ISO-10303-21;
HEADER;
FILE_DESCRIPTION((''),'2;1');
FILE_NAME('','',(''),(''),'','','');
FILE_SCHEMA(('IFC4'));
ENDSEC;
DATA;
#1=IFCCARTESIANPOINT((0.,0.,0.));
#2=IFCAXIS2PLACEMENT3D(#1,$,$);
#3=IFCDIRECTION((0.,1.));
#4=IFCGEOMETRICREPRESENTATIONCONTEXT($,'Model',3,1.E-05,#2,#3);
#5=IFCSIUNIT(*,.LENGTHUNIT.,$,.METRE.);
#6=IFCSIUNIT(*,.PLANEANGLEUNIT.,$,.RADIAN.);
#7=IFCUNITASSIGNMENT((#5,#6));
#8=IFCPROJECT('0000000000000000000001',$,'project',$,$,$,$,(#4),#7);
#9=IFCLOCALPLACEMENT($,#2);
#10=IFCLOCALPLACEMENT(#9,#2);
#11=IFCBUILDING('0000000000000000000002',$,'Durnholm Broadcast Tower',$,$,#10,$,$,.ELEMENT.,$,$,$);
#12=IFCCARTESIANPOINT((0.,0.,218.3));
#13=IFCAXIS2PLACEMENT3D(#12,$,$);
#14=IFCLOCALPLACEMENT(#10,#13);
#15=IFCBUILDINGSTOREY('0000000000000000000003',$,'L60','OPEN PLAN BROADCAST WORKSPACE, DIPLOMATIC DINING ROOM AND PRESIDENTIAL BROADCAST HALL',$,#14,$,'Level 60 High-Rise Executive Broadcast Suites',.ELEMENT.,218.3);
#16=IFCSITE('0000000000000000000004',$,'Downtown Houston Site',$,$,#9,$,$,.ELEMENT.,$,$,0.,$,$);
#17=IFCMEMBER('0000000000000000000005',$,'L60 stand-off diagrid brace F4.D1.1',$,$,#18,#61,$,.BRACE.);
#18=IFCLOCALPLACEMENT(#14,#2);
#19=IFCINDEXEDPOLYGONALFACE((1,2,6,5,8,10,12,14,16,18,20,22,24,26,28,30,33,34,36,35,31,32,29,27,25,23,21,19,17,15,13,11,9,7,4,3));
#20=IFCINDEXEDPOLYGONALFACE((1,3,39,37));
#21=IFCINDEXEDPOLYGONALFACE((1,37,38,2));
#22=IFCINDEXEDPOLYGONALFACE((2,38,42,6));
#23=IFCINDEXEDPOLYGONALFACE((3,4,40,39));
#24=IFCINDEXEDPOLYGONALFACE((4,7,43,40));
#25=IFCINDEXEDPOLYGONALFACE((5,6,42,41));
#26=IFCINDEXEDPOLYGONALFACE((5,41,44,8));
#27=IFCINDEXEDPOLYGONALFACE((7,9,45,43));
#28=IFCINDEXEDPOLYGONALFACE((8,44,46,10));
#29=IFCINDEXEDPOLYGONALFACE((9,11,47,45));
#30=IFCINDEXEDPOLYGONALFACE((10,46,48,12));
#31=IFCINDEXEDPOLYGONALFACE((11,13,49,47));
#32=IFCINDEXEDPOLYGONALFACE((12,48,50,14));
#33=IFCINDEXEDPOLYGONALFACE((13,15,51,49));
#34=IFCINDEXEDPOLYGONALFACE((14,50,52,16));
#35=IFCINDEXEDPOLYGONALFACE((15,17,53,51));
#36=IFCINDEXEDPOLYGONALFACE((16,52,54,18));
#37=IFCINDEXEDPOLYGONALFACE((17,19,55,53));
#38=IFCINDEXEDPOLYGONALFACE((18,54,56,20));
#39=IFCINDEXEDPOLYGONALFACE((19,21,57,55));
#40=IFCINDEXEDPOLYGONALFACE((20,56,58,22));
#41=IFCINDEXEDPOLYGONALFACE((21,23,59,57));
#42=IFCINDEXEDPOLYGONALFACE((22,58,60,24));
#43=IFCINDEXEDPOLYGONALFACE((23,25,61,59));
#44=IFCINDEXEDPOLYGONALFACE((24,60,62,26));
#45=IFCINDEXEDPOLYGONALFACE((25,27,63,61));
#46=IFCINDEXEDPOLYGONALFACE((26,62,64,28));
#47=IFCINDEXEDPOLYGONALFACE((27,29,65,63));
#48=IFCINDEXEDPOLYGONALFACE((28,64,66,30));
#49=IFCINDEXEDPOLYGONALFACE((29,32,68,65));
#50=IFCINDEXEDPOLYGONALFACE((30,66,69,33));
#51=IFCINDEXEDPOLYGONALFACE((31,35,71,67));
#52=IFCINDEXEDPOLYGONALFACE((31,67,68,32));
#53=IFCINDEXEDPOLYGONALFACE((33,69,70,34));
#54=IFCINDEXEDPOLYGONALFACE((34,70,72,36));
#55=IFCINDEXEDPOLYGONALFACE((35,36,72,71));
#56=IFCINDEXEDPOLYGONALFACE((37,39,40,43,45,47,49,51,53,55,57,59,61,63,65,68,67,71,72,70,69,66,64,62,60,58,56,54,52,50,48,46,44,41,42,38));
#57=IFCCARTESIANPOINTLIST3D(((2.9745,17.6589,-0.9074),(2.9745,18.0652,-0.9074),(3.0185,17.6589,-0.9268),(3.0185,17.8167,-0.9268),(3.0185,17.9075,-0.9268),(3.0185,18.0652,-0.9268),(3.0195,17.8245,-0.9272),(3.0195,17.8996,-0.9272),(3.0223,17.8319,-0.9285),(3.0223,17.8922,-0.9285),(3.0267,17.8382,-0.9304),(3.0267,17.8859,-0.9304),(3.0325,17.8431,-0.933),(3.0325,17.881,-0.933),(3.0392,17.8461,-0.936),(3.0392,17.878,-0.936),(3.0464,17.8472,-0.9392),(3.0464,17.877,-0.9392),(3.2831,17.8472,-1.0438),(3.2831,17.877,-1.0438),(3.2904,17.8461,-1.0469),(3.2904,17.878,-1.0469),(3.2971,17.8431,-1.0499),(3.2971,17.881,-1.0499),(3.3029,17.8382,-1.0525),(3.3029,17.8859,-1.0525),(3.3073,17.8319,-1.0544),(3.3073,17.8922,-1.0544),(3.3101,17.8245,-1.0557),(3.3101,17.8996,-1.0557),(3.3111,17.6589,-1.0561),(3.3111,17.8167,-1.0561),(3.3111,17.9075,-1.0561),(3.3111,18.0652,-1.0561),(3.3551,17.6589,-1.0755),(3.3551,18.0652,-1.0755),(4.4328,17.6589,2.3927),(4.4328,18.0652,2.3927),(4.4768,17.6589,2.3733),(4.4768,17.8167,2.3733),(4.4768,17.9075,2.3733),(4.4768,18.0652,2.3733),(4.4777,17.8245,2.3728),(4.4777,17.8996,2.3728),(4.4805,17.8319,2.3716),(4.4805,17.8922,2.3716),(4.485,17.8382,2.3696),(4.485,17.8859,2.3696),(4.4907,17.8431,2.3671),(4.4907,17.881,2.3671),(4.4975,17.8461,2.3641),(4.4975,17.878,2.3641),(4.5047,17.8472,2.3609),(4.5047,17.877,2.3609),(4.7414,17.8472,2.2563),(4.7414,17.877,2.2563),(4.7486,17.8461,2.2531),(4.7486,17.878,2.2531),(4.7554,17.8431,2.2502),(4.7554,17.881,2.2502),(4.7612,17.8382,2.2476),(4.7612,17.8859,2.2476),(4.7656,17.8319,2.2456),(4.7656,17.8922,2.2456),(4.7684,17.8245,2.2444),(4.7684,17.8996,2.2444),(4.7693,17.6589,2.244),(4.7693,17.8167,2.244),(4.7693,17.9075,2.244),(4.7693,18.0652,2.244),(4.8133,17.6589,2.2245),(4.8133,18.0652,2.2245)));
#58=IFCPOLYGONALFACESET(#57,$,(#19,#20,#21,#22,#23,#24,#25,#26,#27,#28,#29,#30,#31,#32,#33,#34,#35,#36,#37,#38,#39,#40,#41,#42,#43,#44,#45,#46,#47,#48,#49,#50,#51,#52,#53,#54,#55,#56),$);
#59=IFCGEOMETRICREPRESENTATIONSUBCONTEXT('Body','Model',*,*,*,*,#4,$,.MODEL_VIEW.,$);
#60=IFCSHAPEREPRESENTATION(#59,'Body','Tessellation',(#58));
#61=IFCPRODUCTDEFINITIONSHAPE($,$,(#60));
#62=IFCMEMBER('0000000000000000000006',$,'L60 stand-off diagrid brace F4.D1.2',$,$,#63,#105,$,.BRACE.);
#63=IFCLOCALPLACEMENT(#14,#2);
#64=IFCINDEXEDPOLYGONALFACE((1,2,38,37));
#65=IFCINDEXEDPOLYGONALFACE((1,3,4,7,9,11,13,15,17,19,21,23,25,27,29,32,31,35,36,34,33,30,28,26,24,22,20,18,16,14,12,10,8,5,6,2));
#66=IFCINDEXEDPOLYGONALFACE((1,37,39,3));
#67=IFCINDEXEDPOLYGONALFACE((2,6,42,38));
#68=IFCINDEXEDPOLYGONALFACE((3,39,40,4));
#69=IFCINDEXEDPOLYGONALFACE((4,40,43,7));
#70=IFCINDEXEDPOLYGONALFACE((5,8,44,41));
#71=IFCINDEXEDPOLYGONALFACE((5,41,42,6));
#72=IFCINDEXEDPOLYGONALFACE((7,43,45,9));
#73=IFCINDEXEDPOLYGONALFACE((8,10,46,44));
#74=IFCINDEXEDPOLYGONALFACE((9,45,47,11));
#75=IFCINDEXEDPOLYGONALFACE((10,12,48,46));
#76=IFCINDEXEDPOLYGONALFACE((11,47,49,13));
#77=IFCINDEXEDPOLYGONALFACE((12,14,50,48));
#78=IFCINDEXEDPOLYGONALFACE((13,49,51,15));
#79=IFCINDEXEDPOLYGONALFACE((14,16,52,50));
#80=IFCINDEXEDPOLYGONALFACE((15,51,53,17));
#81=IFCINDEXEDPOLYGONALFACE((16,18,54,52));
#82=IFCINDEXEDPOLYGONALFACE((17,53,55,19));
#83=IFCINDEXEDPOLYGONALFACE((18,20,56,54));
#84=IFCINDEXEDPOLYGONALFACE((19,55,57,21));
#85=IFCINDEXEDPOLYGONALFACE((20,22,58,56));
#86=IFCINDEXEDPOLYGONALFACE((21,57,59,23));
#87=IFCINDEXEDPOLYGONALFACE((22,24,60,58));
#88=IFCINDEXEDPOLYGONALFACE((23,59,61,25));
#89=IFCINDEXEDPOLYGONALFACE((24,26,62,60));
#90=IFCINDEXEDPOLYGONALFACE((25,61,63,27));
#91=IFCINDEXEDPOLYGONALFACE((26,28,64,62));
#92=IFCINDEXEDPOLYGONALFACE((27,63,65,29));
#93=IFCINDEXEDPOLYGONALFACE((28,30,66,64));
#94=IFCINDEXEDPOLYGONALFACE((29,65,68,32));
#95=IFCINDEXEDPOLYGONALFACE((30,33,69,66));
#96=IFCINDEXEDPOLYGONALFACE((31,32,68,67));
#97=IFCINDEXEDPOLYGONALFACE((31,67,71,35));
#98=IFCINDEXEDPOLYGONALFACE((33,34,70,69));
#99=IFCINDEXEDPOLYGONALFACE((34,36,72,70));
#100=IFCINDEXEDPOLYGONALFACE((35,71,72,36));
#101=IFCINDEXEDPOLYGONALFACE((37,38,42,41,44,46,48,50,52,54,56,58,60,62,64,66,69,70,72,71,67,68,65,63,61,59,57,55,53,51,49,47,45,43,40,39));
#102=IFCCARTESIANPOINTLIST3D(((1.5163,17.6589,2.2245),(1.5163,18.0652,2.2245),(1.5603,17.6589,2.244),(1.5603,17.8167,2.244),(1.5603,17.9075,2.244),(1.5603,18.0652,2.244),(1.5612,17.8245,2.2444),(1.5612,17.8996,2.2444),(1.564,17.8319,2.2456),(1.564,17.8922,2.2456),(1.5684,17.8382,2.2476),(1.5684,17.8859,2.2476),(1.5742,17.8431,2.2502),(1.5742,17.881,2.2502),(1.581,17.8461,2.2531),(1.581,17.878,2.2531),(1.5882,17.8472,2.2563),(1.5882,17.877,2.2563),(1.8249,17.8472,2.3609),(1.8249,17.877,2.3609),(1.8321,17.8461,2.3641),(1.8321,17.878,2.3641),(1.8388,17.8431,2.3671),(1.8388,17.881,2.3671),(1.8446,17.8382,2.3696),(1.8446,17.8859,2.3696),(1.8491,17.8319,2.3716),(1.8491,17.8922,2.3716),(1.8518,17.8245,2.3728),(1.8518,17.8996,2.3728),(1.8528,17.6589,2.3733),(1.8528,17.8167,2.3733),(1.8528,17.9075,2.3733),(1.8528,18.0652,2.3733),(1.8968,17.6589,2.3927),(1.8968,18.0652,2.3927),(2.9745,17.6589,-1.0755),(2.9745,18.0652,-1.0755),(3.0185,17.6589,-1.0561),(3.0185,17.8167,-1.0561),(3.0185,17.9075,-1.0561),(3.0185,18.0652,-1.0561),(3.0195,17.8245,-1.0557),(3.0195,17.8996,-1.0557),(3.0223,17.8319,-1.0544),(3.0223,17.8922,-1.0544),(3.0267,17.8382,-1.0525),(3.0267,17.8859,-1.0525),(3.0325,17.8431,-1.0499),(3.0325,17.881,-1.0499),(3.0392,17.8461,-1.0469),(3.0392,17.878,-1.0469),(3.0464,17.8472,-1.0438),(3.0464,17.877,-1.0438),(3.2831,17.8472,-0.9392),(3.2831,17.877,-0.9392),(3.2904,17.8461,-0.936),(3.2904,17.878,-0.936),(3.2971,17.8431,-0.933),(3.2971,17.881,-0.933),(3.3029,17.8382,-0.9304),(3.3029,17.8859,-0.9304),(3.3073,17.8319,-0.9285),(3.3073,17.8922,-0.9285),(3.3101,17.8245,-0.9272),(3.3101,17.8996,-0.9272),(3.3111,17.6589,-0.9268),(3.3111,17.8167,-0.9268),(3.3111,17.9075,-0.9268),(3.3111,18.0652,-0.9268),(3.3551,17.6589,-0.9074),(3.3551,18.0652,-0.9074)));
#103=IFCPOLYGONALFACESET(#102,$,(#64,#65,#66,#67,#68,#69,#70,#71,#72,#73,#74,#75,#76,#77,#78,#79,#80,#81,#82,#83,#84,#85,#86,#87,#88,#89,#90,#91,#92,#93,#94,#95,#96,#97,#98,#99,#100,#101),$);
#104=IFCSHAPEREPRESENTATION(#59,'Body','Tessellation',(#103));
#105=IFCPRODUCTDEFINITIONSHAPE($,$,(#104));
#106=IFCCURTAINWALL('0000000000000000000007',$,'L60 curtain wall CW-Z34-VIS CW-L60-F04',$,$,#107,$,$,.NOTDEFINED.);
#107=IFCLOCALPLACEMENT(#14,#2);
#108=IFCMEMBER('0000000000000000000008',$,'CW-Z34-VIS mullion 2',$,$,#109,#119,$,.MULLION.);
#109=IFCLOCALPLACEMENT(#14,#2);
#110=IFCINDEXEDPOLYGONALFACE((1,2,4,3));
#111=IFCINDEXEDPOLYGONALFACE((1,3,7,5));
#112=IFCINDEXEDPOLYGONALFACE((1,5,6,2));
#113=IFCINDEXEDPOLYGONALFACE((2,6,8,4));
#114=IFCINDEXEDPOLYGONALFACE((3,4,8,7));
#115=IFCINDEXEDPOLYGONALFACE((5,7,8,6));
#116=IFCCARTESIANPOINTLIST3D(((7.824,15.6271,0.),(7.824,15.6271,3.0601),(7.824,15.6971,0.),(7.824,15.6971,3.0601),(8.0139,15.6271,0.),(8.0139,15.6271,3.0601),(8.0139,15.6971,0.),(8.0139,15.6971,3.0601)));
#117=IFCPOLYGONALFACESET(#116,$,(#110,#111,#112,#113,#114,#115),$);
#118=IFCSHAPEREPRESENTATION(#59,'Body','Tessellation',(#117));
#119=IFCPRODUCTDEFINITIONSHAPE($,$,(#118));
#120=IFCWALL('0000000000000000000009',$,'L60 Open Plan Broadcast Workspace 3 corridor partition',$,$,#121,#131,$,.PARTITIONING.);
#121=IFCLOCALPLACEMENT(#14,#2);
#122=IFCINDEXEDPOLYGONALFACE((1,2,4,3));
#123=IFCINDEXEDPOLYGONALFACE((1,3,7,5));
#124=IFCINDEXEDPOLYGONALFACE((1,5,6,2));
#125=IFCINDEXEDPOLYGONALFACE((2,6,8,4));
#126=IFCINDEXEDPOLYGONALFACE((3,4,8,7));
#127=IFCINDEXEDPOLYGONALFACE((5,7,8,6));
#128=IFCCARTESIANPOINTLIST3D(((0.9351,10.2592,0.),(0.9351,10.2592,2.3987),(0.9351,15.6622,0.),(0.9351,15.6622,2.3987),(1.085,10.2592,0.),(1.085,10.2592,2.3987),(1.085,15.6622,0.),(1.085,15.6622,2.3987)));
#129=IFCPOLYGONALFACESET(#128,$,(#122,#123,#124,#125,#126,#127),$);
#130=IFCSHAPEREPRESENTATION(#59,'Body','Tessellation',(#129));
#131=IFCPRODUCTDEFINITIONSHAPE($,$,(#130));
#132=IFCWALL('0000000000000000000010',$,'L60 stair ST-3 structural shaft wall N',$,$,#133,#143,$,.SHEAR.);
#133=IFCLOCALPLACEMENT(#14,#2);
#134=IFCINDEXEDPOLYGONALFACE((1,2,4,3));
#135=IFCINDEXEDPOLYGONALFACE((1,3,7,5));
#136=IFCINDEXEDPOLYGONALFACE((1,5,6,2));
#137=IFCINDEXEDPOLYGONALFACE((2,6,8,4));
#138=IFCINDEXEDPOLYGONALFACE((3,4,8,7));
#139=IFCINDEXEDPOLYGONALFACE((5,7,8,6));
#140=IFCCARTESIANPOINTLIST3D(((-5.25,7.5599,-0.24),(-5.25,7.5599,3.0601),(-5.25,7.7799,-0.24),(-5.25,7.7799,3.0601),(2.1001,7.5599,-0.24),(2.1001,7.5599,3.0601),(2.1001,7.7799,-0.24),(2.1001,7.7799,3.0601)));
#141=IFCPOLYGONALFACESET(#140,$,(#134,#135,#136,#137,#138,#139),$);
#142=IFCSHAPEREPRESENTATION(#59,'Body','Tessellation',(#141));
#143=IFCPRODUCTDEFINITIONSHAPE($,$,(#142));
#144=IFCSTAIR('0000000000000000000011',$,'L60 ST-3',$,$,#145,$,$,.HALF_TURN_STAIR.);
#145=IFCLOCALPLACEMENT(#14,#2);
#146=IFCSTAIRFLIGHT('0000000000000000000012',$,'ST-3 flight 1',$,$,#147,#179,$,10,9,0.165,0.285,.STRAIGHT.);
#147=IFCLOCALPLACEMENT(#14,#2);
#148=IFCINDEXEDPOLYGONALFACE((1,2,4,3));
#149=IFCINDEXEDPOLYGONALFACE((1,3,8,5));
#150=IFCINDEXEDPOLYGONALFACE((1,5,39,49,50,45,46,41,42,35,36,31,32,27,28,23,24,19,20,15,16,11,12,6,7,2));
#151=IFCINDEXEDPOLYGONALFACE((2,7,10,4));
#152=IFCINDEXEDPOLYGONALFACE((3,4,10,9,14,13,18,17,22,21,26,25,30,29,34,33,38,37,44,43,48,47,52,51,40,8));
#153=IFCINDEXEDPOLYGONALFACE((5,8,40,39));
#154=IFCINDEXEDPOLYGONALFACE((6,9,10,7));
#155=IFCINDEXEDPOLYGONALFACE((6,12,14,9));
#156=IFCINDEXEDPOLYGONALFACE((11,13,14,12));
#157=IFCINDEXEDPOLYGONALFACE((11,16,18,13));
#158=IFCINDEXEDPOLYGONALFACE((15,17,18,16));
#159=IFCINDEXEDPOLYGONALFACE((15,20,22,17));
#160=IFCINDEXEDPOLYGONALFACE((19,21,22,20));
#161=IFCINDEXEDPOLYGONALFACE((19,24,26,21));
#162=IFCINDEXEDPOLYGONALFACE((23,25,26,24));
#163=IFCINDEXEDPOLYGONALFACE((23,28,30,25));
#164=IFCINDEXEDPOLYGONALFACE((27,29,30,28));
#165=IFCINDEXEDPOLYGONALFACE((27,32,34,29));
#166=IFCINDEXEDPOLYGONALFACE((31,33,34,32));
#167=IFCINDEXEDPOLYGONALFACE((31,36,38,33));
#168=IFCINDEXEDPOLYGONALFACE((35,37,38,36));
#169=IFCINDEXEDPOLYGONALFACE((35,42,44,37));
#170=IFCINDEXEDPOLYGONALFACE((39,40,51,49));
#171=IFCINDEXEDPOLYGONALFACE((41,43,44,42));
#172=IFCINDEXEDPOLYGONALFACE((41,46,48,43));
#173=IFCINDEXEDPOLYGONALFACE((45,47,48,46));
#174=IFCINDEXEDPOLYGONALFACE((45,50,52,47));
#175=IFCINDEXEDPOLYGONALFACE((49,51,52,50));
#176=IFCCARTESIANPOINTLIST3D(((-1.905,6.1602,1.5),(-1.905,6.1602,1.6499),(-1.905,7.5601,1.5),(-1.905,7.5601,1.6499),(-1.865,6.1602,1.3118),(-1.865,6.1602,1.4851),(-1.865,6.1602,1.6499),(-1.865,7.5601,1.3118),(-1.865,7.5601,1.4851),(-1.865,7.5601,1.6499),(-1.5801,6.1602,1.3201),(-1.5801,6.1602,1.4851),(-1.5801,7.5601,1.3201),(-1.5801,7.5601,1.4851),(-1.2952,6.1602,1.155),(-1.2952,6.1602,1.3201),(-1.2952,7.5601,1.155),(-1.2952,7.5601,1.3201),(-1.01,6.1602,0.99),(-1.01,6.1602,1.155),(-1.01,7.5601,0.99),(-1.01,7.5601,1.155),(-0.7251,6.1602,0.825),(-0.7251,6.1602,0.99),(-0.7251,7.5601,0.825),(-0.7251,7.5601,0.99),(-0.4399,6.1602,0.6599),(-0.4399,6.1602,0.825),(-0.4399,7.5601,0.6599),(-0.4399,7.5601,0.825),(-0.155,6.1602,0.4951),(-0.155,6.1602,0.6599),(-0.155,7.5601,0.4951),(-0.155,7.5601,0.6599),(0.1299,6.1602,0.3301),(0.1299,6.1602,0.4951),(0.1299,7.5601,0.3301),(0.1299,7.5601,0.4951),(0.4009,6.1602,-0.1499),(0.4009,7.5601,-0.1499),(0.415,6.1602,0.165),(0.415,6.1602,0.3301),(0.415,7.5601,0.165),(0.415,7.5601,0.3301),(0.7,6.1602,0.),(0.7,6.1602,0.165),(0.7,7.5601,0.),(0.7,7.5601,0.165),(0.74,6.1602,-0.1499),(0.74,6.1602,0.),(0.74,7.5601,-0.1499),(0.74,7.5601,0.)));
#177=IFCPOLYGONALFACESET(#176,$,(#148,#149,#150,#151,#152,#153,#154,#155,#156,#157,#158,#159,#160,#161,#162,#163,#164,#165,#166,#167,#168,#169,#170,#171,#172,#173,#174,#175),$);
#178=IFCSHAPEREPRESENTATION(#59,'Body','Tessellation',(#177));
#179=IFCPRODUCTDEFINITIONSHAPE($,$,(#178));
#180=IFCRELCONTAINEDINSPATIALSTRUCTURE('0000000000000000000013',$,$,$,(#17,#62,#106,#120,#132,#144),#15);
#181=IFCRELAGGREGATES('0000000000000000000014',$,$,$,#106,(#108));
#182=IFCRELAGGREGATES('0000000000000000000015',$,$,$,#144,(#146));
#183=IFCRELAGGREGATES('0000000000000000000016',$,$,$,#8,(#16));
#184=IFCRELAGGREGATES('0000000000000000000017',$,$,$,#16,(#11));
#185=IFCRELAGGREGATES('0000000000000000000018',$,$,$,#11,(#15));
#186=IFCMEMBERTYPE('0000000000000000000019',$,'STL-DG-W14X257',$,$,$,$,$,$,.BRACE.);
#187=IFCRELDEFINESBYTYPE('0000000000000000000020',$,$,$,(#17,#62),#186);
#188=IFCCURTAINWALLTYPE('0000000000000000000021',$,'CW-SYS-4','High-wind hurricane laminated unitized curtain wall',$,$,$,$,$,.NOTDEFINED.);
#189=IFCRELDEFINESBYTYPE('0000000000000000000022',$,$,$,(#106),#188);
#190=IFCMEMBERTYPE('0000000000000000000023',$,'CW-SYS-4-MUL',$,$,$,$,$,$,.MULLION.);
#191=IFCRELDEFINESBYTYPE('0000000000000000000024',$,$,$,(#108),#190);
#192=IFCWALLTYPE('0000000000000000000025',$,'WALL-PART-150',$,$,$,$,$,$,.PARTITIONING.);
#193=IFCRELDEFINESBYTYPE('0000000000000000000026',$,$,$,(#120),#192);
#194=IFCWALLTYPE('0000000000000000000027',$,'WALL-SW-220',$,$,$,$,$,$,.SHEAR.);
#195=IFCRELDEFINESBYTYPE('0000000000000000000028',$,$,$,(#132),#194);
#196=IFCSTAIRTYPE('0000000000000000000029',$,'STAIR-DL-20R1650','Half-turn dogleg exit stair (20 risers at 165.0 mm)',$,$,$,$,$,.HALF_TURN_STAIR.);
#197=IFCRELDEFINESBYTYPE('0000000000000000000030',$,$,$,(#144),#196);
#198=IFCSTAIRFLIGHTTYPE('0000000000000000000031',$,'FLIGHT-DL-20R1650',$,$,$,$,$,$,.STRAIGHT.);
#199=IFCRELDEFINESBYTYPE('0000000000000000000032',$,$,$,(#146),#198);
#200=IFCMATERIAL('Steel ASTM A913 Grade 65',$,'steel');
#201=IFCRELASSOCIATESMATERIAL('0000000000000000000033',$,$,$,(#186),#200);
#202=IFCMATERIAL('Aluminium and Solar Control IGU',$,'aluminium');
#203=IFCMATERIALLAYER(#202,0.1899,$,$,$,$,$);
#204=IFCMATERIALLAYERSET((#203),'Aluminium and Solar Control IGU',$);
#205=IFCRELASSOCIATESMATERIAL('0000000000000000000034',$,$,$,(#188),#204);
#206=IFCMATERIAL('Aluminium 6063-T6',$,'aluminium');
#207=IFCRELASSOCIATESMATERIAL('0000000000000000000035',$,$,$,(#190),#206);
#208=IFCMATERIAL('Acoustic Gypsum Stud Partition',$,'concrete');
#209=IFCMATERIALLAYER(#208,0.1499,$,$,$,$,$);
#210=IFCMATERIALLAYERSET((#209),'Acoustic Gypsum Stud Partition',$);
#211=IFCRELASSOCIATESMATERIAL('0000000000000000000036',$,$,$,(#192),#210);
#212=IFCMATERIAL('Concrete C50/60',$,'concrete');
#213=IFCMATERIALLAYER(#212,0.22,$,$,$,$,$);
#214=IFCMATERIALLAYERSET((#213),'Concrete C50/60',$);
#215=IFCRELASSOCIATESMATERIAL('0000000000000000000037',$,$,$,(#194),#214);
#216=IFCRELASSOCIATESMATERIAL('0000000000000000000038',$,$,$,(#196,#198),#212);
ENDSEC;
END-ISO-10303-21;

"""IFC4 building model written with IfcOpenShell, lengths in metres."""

from ifc_helpers import new_model, si_unit, direction, frame, frame_2d, origin, origin_2d, place, context, subcontext, project, spatial, polyline, rectangle, i_section, outline, extrude, source, transform, mapped, material, layer, layer_set, material_profile, profile_set, type_object, type_shapes, element, aggregate, save


model = new_model("IFC4")

# Units and contexts
model_context = context("Model", 3, precision=1e-05, world=origin(), true_north=direction((0.0, 1.0)))
body_context = subcontext(model_context, "Body", "Model", "MODEL_VIEW")
ifc_project = project(units=[si_unit("LENGTHUNIT", "METRE"), si_unit("PLANEANGLEUNIT", "RADIAN")], contexts=[model_context])

# Site, building, storey
site_placement = place(None, origin())
site = spatial("IfcSite", under=ifc_project, at=site_placement, Name="Downtown Houston Site", CompositionType="ELEMENT", RefElevation=0.0)
building_placement = place(site_placement, origin())
building = spatial("IfcBuilding", under=site, at=building_placement, Name="Durnholm Broadcast Tower", CompositionType="ELEMENT")
storey_placement = place(building_placement, frame((0.0, 0.0, 218.3)))
storey = spatial("IfcBuildingStorey", under=building, at=storey_placement, Name="L60", Description="OPEN PLAN BROADCAST WORKSPACE, DIPLOMATIC DINING ROOM AND PRESIDENTIAL BROADCAST HALL", LongName="Level 60 High-Rise Executive Broadcast Suites", CompositionType="ELEMENT", Elevation=218.3)

# Members
ifc_material_1 = material(Name="Steel ASTM A913 Grade 65", Category="steel")
ifc_material_profile_1 = material_profile(ifc_material_1, i_section(OverallWidth=0.4062, OverallDepth=0.416, WebThickness=0.0298, FlangeThickness=0.0481, FilletRadius=0.0305, at=origin_2d()), Name="W14X257")
ifc_profile_set_1 = profile_set([ifc_material_profile_1], Name="Steel ASTM A913 Grade 65")
member_type_1 = type_object("IfcMemberType", Name="STL-DG-W14X257", PredefinedType="BRACE", material=ifc_profile_set_1)
shared_shape_1 = source(origin(), body_context, "Body", "SweptSolid", [
    extrude(i_section(OverallWidth=0.4062, OverallDepth=0.416, WebThickness=0.0298, FlangeThickness=0.0481, FilletRadius=0.0305, at=origin_2d()), origin(), (0.0, 0.0, 1.0), 3.6079),
])
type_shapes(member_type_1, [shared_shape_1])
for number, where, z_axis, x_axis, name in (
    (1, (3.1648, 17.8621, -0.9915), (0.404185, 0.0, 0.914677), (0.0, 1.0, 0.0), "L60 stand-off diagrid brace F4.D1.1"),
    (2, (3.1648, 17.8621, -0.9915), (-0.404185, 0.0, 0.914677), (0.0, -1.0, 0.0), "L60 stand-off diagrid brace F4.D1.2"),
):
    element("IfcMember", number, at=place(storey_placement, frame(where, z_axis=z_axis, x_axis=x_axis)), inside=storey, type_object=member_type_1, Name=name, PredefinedType="BRACE", context=body_context, shape_type="MappedRepresentation", body=[
        mapped(shared_shape_1, transform((0.0, 0.0, 0.0), x_axis=(1.0, 0.0, 0.0), y_axis=(0.0, 1.0, 0.0), z_axis=(0.0, 0.0, 1.0), scale=1.0)),
    ])

# Curtain wall, member
ifc_material_2 = material(Name="Aluminium and Solar Control IGU", Category="aluminium")
ifc_layer_1 = layer(ifc_material_2, 0.1899)
ifc_layer_set_1 = layer_set([ifc_layer_1], Name="Aluminium and Solar Control IGU")
curtain_wall_type = type_object("IfcCurtainWallType", Name="CW-SYS-4", Description="High-wind hurricane laminated unitized curtain wall", PredefinedType="NOTDEFINED", material=ifc_layer_set_1)
curtain_wall_placement = place(storey_placement, origin())
curtain_wall = element("IfcCurtainWall", 3, at=curtain_wall_placement, inside=storey, type_object=curtain_wall_type, Name="L60 curtain wall CW-Z34-VIS CW-L60-F04", PredefinedType="NOTDEFINED")
ifc_material_3 = material(Name="Aluminium 6063-T6", Category="aluminium")
ifc_material_profile_2 = material_profile(ifc_material_3, rectangle(XDim=0.0701, YDim=0.1899, at=origin_2d()), Name="CWM70X190")
ifc_profile_set_2 = profile_set([ifc_material_profile_2], Name="Aluminium 6063-T6")
member_type_2 = type_object("IfcMemberType", Name="CW-SYS-4-MUL", PredefinedType="MULLION", material=ifc_profile_set_2)
shared_shape_2 = source(origin(), body_context, "Body", "SweptSolid", [
    extrude(rectangle(XDim=0.0701, YDim=0.1899, at=origin_2d()), origin(), (0.0, 0.0, 1.0), 3.0601),
])
type_shapes(member_type_2, [shared_shape_2])
member_placement = place(storey_placement, frame((7.9189, 15.6621, 0.0), z_axis=(0.0, 0.0, 1.0), x_axis=(0.0, 1.0, 0.0)))
member = element("IfcMember", 4, at=member_placement, type_object=member_type_2, Name="CW-Z34-VIS mullion 2", PredefinedType="MULLION", context=body_context, shape_type="MappedRepresentation", body=[
    mapped(shared_shape_2, transform((0.0, 0.0, 0.0), x_axis=(1.0, 0.0, 0.0), y_axis=(0.0, 1.0, 0.0), z_axis=(0.0, 0.0, 1.0), scale=1.0)),
])
aggregate(curtain_wall, [member])

# Walls
ifc_material_4 = material(Name="Acoustic Gypsum Stud Partition", Category="concrete")
ifc_layer_2 = layer(ifc_material_4, 0.1499)
ifc_layer_set_2 = layer_set([ifc_layer_2], Name="Acoustic Gypsum Stud Partition")
wall_type_1 = type_object("IfcWallType", Name="WALL-PART-150", PredefinedType="PARTITIONING", material=ifc_layer_set_2)
wall_1_placement = place(storey_placement, frame((1.01, 10.259, 0.0), z_axis=(0.0, 0.0, 1.0), x_axis=(0.0, 1.0, 0.0)))
element("IfcWall", 5, at=wall_1_placement, inside=storey, type_object=wall_type_1, Name="L60 Open Plan Broadcast Workspace 3 corridor partition", PredefinedType="PARTITIONING", context=body_context, shape_type="SweptSolid", body=[
    extrude(rectangle(XDim=5.4031, YDim=0.1499, at=frame_2d((2.7017, 0.0))), origin(), (0.0, 0.0, 1.0), 2.3987),
])
ifc_material_5 = material(Name="Concrete C50/60", Category="concrete")
ifc_layer_3 = layer(ifc_material_5, 0.22)
ifc_layer_set_3 = layer_set([ifc_layer_3], Name="Concrete C50/60")
wall_type_2 = type_object("IfcWallType", Name="WALL-SW-220", PredefinedType="SHEAR", material=ifc_layer_set_3)
wall_2_placement = place(storey_placement, frame((2.1001, 7.6699, -0.24), z_axis=(0.0, 0.0, 1.0), x_axis=(-1.0, 0.0, 0.0)))
element("IfcWall", 6, at=wall_2_placement, inside=storey, type_object=wall_type_2, Name="L60 stair ST-3 structural shaft wall N", PredefinedType="SHEAR", context=body_context, shape_type="SweptSolid", body=[
    extrude(rectangle(XDim=7.3501, YDim=0.22, at=frame_2d((3.675, 0.0))), origin(), (0.0, 0.0, 1.0), 3.3),
])

# Stair, stair flight
stair_type = type_object("IfcStairType", Name="STAIR-DL-20R1650", Description="Half-turn dogleg exit stair (20 risers at 165.0 mm)", PredefinedType="HALF_TURN_STAIR", material=ifc_material_5)
stair_placement = place(storey_placement, origin())
stair = element("IfcStair", 7, at=stair_placement, inside=storey, type_object=stair_type, Name="L60 ST-3", PredefinedType="HALF_TURN_STAIR")
stair_flight_type = type_object("IfcStairFlightType", Name="FLIGHT-DL-20R1650", PredefinedType="STRAIGHT", material=ifc_material_5)
stair_flight_placement = place(storey_placement, frame((0.7, 6.8601, 0.0), z_axis=(0.0, 0.0, 1.0), x_axis=(-1.0, 0.0, 0.0)))
stair_flight = element("IfcStairFlight", 8, at=stair_flight_placement, type_object=stair_flight_type, Name="ST-3 flight 1", NumberOfRisers=10, NumberOfTreads=9, PredefinedType="STRAIGHT", RiserHeight=0.165, TreadLength=0.285, context=body_context, shape_type="SweptSolid", body=[
    extrude(outline(polyline([(-0.04, -0.1499), (-0.04, 0.0), (0.0, 0.0), (0.0, 0.165), (0.2849, 0.165), (0.2849, 0.3301), (0.5701, 0.3301), (0.5701, 0.4951), (0.855, 0.4951), (0.855, 0.6599), (1.1399, 0.6599), (1.1399, 0.825), (1.425, 0.825), (1.425, 0.99), (1.71, 0.99), (1.71, 1.155), (1.9951, 1.155), (1.9951, 1.3201), (2.28, 1.3201), (2.28, 1.4851), (2.5649, 1.4851), (2.5649, 1.6499), (2.605, 1.6499), (2.605, 1.5), (2.5649, 1.3118), (0.2991, -0.1499), (-0.04, -0.1499)])), frame((0.0, 0.7, 0.0), z_axis=(0.0, -1.0, 0.0), x_axis=(1.0, 0.0, 0.0)), (0.0, 0.0, 1.0), 1.3999),
])
aggregate(stair, [stair_flight])

save(model, "model.ifc")
